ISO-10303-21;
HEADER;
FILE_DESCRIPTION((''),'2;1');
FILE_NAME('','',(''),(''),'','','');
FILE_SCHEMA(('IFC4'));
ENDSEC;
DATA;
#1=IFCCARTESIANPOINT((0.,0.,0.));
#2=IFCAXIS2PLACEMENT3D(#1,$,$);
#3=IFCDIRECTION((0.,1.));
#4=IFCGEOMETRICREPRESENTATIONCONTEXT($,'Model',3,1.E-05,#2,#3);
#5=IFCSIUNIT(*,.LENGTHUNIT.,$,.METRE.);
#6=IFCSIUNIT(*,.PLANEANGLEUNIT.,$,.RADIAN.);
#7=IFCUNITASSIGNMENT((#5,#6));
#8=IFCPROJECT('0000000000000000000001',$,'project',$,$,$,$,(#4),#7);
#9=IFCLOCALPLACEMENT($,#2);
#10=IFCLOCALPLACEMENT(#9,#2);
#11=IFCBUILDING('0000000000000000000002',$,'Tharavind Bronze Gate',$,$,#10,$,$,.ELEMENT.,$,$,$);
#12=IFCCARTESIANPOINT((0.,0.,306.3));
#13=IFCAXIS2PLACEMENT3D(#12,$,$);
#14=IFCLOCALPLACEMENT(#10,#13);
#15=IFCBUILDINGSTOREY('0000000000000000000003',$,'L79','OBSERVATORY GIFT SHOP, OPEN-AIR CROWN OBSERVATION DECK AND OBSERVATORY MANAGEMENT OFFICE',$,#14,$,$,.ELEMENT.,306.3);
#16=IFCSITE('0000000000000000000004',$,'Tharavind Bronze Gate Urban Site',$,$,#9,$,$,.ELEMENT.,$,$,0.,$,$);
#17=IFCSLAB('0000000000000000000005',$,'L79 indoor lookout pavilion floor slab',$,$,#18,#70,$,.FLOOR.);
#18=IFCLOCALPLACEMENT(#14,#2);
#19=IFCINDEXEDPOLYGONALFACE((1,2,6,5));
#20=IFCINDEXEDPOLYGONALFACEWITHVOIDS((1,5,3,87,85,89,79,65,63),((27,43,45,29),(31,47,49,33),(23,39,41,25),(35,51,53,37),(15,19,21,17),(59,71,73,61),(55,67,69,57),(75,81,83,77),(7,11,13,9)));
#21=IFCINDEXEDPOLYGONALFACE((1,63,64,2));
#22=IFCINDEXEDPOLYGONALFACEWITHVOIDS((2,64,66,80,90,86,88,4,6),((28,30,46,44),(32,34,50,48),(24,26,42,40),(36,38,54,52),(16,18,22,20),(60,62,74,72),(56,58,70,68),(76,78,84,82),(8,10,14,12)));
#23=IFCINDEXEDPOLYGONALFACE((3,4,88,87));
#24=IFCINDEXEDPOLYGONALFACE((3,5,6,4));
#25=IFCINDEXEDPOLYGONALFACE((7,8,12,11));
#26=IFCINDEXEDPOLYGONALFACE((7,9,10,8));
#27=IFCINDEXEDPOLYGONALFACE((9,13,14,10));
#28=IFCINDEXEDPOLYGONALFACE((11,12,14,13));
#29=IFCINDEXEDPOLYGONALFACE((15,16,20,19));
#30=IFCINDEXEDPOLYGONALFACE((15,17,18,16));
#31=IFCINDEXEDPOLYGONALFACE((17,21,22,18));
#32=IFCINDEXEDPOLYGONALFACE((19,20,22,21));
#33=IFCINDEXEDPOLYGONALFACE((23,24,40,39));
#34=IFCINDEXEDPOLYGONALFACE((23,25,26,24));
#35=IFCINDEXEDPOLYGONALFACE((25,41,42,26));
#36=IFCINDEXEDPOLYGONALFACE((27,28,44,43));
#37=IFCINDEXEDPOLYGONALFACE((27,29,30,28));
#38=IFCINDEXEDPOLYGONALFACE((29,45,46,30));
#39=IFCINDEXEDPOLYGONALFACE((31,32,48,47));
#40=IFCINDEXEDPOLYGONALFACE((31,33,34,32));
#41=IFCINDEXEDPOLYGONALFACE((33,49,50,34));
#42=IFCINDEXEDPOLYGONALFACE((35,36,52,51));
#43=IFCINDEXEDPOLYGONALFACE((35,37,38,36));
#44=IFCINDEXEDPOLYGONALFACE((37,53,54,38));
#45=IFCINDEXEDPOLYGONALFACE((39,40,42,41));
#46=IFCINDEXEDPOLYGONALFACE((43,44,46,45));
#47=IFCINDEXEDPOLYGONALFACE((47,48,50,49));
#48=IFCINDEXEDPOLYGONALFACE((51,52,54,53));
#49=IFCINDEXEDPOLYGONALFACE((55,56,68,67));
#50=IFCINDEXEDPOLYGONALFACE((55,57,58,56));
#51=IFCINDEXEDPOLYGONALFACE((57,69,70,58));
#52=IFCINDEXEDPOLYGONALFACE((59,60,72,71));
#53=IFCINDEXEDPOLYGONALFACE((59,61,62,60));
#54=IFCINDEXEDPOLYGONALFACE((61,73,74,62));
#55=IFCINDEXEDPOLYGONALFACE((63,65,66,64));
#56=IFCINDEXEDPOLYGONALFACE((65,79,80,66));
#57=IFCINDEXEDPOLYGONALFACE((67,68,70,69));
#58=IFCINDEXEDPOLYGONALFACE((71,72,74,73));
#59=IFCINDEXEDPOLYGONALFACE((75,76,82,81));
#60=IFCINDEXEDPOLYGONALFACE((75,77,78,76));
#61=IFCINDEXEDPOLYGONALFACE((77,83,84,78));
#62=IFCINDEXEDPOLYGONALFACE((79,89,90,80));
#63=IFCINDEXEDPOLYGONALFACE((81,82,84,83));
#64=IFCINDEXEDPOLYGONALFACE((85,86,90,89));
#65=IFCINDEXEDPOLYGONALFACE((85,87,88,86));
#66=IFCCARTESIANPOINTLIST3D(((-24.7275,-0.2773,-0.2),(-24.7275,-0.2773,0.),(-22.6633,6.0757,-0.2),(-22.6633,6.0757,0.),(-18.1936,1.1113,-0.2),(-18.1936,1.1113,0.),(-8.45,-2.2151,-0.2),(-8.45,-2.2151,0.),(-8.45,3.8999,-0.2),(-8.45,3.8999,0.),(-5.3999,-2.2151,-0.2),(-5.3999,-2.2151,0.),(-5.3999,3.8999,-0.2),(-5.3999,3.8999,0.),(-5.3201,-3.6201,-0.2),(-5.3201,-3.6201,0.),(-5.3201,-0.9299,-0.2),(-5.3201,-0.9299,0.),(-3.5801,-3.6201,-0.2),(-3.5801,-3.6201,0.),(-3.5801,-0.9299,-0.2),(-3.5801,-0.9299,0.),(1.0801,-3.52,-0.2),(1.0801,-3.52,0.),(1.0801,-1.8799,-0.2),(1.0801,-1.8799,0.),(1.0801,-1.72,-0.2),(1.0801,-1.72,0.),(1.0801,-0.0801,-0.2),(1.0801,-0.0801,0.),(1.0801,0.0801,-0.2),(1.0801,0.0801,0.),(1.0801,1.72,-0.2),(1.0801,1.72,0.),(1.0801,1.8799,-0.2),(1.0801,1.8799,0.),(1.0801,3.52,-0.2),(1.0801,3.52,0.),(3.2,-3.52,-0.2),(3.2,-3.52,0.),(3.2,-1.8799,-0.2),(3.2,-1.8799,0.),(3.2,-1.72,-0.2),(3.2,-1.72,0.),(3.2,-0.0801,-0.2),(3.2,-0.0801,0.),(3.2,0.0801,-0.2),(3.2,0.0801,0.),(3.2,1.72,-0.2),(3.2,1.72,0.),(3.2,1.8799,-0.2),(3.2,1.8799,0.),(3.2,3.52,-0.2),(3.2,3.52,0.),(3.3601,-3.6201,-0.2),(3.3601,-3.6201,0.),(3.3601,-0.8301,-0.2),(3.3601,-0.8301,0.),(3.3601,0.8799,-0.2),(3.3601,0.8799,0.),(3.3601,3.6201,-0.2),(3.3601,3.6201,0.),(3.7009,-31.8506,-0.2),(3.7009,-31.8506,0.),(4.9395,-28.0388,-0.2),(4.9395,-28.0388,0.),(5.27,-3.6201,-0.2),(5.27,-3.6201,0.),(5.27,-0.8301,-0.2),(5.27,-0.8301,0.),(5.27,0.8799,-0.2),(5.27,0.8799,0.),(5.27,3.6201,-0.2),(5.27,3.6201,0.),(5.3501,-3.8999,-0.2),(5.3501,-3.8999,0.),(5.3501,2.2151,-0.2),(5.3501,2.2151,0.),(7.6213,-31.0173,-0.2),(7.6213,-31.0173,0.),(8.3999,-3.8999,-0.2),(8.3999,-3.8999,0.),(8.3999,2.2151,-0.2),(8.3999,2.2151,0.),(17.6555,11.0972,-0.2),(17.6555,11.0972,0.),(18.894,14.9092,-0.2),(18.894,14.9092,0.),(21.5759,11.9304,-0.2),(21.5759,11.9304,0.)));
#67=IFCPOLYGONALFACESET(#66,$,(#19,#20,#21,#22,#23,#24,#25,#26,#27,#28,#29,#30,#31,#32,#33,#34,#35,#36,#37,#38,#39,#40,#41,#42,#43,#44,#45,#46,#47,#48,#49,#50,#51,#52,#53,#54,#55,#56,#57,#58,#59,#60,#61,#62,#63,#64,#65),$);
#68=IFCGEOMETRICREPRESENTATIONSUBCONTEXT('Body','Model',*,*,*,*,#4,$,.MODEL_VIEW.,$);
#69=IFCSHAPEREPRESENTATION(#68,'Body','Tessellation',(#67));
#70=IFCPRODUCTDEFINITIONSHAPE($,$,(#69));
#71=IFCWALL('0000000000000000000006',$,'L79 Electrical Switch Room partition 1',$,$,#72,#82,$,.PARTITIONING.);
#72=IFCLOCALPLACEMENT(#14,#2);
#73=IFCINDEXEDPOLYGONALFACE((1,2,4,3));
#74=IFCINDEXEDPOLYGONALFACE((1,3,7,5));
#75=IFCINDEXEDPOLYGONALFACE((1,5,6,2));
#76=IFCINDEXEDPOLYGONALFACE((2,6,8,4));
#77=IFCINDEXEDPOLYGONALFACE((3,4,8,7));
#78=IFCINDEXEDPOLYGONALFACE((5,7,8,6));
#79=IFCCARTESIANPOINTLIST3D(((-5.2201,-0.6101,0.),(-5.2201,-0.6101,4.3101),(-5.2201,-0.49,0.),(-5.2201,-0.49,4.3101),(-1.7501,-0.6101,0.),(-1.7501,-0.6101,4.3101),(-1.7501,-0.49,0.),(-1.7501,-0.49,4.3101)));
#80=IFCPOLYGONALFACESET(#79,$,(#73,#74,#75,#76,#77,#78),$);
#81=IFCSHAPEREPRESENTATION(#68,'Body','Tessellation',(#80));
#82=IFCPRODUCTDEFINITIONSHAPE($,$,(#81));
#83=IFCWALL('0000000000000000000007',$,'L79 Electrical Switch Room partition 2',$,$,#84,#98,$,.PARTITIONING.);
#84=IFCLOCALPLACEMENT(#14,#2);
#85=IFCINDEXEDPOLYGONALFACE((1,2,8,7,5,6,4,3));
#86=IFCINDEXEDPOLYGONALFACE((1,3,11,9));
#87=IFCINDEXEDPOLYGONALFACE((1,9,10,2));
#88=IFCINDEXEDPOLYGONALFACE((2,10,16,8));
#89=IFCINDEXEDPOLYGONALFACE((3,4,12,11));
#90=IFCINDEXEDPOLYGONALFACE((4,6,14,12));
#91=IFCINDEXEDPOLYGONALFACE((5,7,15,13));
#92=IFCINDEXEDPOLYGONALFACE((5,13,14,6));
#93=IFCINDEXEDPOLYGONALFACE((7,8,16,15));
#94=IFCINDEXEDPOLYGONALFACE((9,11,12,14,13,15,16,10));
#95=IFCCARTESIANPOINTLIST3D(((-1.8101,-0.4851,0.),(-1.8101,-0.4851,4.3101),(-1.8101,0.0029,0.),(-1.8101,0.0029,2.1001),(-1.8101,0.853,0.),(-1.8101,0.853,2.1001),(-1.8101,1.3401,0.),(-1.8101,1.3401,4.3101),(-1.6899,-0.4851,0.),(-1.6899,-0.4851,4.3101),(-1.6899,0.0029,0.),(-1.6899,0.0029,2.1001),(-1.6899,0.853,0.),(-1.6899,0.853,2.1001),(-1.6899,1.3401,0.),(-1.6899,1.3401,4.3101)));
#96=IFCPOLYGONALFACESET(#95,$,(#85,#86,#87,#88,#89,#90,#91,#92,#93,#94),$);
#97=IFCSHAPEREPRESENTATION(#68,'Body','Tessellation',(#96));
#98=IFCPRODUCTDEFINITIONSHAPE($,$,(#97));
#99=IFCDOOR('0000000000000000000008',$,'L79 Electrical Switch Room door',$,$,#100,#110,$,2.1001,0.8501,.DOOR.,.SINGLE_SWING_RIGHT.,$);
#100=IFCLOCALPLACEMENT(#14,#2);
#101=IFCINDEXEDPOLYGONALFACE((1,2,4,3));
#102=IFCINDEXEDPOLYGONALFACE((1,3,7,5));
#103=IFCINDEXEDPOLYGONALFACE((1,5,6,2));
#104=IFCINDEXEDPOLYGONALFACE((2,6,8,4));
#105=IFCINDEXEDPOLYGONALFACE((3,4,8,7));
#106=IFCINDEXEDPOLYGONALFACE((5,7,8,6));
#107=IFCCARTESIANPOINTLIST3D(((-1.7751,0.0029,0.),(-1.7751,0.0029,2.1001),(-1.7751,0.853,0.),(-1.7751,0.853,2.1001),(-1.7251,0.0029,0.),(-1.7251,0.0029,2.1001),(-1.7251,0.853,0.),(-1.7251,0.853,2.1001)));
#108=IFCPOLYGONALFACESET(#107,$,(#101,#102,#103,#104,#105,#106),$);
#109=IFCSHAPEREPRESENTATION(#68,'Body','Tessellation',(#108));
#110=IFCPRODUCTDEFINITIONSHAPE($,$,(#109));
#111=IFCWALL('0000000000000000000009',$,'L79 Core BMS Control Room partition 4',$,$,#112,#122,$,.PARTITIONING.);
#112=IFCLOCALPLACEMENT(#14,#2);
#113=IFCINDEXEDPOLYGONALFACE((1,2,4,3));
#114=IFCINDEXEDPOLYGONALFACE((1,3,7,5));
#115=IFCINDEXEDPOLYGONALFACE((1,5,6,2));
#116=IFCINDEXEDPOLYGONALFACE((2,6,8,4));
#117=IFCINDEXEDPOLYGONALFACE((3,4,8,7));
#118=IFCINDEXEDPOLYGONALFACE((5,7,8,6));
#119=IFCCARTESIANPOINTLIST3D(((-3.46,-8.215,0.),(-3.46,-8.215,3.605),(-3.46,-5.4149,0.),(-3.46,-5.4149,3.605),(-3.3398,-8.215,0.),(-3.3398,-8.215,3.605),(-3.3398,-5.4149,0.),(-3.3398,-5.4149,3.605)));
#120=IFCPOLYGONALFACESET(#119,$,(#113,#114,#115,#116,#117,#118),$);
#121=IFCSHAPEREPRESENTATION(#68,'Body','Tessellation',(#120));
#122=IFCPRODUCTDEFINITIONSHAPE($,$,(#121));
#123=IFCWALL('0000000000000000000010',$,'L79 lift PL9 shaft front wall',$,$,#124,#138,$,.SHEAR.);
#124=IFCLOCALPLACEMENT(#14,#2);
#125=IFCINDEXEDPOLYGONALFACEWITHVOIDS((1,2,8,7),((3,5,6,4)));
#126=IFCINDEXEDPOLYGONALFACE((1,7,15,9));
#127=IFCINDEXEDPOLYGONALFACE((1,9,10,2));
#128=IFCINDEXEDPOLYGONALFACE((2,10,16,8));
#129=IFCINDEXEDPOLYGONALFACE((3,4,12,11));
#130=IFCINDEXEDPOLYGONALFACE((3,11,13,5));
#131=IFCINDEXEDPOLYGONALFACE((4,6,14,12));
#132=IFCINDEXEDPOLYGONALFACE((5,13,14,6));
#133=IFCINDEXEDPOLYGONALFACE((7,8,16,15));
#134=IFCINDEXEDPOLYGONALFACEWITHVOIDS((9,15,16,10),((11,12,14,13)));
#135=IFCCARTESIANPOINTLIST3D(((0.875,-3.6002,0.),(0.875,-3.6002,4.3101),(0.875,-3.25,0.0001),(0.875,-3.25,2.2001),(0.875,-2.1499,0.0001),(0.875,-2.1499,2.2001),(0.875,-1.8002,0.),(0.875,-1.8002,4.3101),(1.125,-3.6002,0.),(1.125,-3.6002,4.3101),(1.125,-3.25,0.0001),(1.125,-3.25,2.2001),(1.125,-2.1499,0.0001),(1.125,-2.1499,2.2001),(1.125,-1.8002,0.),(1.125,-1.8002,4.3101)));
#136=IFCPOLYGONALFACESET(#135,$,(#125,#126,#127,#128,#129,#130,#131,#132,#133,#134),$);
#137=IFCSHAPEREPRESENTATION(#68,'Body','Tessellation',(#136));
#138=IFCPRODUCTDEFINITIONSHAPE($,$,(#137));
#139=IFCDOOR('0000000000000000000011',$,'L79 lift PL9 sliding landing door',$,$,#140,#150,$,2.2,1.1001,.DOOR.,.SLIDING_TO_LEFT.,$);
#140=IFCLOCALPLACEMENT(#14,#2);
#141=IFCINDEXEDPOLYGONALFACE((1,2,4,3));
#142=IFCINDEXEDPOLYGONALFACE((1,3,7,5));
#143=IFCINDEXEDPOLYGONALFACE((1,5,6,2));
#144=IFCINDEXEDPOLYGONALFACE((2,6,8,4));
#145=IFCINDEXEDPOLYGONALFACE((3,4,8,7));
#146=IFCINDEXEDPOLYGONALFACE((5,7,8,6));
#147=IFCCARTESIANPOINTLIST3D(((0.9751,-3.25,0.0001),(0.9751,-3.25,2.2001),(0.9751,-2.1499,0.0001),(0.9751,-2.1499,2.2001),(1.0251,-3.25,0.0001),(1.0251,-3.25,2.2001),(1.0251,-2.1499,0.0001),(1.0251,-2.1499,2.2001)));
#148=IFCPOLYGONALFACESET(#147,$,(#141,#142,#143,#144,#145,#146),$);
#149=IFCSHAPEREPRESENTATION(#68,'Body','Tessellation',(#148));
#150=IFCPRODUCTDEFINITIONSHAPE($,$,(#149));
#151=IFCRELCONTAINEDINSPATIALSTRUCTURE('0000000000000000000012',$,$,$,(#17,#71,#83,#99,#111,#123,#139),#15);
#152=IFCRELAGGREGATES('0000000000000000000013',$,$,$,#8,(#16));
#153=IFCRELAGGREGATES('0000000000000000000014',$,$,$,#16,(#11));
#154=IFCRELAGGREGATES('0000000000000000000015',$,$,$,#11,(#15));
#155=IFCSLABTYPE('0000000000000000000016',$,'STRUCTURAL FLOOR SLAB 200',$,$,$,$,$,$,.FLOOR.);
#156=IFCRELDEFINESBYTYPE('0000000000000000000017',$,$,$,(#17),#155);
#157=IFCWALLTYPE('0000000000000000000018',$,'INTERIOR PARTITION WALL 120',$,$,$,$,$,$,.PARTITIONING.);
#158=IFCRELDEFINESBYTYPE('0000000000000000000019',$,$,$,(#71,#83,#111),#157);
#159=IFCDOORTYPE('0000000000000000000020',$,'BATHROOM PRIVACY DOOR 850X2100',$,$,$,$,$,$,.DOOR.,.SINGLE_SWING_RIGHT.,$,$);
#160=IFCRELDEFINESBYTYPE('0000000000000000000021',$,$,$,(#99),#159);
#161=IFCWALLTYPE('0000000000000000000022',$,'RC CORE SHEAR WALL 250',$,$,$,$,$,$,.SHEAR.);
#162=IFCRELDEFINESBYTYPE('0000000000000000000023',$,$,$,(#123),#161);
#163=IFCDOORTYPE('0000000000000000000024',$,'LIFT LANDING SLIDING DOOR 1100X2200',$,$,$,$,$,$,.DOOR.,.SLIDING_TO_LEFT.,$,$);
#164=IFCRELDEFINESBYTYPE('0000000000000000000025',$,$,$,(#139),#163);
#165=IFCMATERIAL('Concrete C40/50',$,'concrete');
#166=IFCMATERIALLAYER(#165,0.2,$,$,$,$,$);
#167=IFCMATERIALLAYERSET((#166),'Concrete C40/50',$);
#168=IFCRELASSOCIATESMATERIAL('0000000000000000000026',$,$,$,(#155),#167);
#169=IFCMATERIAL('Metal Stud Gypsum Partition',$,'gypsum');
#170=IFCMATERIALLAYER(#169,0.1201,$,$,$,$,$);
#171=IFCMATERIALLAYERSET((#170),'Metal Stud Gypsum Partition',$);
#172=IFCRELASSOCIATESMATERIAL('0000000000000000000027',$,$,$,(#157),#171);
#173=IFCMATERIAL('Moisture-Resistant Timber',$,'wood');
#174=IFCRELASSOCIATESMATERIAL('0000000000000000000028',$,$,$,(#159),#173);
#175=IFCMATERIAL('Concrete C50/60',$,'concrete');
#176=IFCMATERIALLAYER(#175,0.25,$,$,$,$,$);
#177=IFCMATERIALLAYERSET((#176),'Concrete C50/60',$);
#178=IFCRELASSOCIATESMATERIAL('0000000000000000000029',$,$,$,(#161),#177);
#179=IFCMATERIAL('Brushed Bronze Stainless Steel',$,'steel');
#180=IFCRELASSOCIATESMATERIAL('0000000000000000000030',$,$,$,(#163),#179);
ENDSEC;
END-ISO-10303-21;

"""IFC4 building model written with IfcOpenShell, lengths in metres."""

from ifc_helpers import new_model, si_unit, direction, frame, frame_2d, origin, place, context, subcontext, project, spatial, polyline, rectangle, outline, extrude, material, layer, layer_set, type_object, element, fill, save


model = new_model("IFC4")

# Units and contexts
model_context = context("Model", 3, precision=1e-05, world=origin(), true_north=direction((0.0, 1.0)))
body_context = subcontext(model_context, "Body", "Model", "MODEL_VIEW")
ifc_project = project(units=[si_unit("LENGTHUNIT", "METRE"), si_unit("PLANEANGLEUNIT", "RADIAN")], contexts=[model_context])

# Site, building, storey
site_placement = place(None, origin())
site = spatial("IfcSite", under=ifc_project, at=site_placement, Name="Tharavind Bronze Gate Urban Site", CompositionType="ELEMENT", RefElevation=0.0)
building_placement = place(site_placement, origin())
building = spatial("IfcBuilding", under=site, at=building_placement, Name="Tharavind Bronze Gate", CompositionType="ELEMENT")
storey_placement = place(building_placement, frame((0.0, 0.0, 306.3)))
storey = spatial("IfcBuildingStorey", under=building, at=storey_placement, Name="L79", Description="OBSERVATORY GIFT SHOP, OPEN-AIR CROWN OBSERVATION DECK AND OBSERVATORY MANAGEMENT OFFICE", CompositionType="ELEMENT", Elevation=306.3)

# Shared definitions
ifc_material_1 = material(Name="Concrete C50/60", Category="concrete")

# Shared definitions
ifc_material_2 = material(Name="Concrete C40/50", Category="concrete")

# Slab
ifc_layer_1 = layer(ifc_material_2, 0.2)
ifc_layer_set_1 = layer_set([ifc_layer_1], Name="Concrete C40/50")
slab_type_1 = type_object("IfcSlabType", Name="STRUCTURAL FLOOR SLAB 200", PredefinedType="FLOOR", material=ifc_layer_set_1)
slab_1_placement = place(storey_placement, frame((0.0, 0.0, -0.2)))
element("IfcSlab", 1, at=slab_1_placement, inside=storey, type_object=slab_type_1, Name="L79 indoor lookout pavilion floor slab", PredefinedType="FLOOR", context=body_context, shape_type="SweptSolid", body=[
    extrude(outline(polyline([(-22.6633, 6.0757), (-18.1936, 1.1113), (-24.7275, -0.2773), (3.7009, -31.8506), (4.9395, -28.0388), (7.6213, -31.0173), (21.5759, 11.9304), (17.6555, 11.0972), (18.894, 14.9092), (-22.6633, 6.0757)]), holes=[polyline([(-5.3999, -2.2151), (-5.3999, 3.8999), (-8.45, 3.8999), (-8.45, -2.2151), (-5.3999, -2.2151)]), polyline([(5.3501, 2.2151), (5.3501, -3.8999), (8.3999, -3.8999), (8.3999, 2.2151), (5.3501, 2.2151)]), polyline([(1.0801, -3.52), (3.2, -3.52), (3.2, -1.8799), (1.0801, -1.8799), (1.0801, -3.52)]), polyline([(1.0801, -1.72), (3.2, -1.72), (3.2, -0.0801), (1.0801, -0.0801), (1.0801, -1.72)]), polyline([(1.0801, 0.0801), (3.2, 0.0801), (3.2, 1.72), (1.0801, 1.72), (1.0801, 0.0801)]), polyline([(1.0801, 1.8799), (3.2, 1.8799), (3.2, 3.52), (1.0801, 3.52), (1.0801, 1.8799)]), polyline([(-5.3201, -3.6201), (-3.5801, -3.6201), (-3.5801, -0.9299), (-5.3201, -0.9299), (-5.3201, -3.6201)]), polyline([(3.3601, 0.8799), (5.27, 0.8799), (5.27, 3.6201), (3.3601, 3.6201), (3.3601, 0.8799)]), polyline([(3.3601, -3.6201), (5.27, -3.6201), (5.27, -0.8301), (3.3601, -0.8301), (3.3601, -3.6201)])]), origin(), (0.0, 0.0, 1.0), 0.2),
])

# Wall
ifc_material_3 = material(Name="Metal Stud Gypsum Partition", Category="gypsum")
ifc_layer_2 = layer(ifc_material_3, 0.1201)
ifc_layer_set_2 = layer_set([ifc_layer_2], Name="Metal Stud Gypsum Partition")
wall_type_1 = type_object("IfcWallType", Name="INTERIOR PARTITION WALL 120", PredefinedType="PARTITIONING", material=ifc_layer_set_2)
wall_1_placement = place(storey_placement, frame((-5.22, -0.55, 0.0), z_axis=(0.0, 0.0, 1.0), x_axis=(1.0, 0.0, 0.0)))
element("IfcWall", 2, at=wall_1_placement, inside=storey, type_object=wall_type_1, Name="L79 Electrical Switch Room partition 1", PredefinedType="PARTITIONING", context=body_context, shape_type="SweptSolid", body=[
    extrude(rectangle(XDim=3.47, YDim=0.1201, at=frame_2d((1.7349, 0.0))), origin(), (0.0, 0.0, 1.0), 4.3101),
])

# Wall, opening, door
wall_2_placement = place(storey_placement, frame((-1.75, -0.4851, 0.0), z_axis=(0.0, 0.0, 1.0), x_axis=(0.0, 1.0, 0.0)))
wall_2 = element("IfcWall", 3, at=wall_2_placement, inside=storey, type_object=wall_type_1, Name="L79 Electrical Switch Room partition 2", PredefinedType="PARTITIONING", context=body_context, shape_type="SweptSolid", body=[
    extrude(rectangle(XDim=1.8252, YDim=0.1201, at=frame_2d((0.9126, 0.0))), origin(), (0.0, 0.0, 1.0), 4.3101),
])
opening_1_placement = place(wall_2_placement, frame((0.488, 0.0, 0.0)))
opening_1 = element("IfcOpeningElement", 4, at=opening_1_placement, cuts=wall_2, PredefinedType="OPENING", context=body_context, shape_type="SweptSolid", body=[
    extrude(rectangle(XDim=0.8501, YDim=2.1001, at=frame_2d((0.425, 1.05))), frame((0.0, 0.0701, 0.0), z_axis=(0.0, -1.0, 0.0), x_axis=(1.0, 0.0, 0.0)), (0.0, 0.0, 1.0), 0.1401),
])
ifc_material_4 = material(Name="Moisture-Resistant Timber", Category="wood")
door_type_1 = type_object("IfcDoorType", Name="BATHROOM PRIVACY DOOR 850X2100", OperationType="SINGLE_SWING_RIGHT", PredefinedType="DOOR", material=ifc_material_4)
door_1_placement = place(opening_1_placement, frame((0.8501, 0.0, 0.0), z_axis=(0.0, 0.0, 1.0), x_axis=(-1.0, 0.0, 0.0)))
door_1 = element("IfcDoor", 5, at=door_1_placement, inside=storey, type_object=door_type_1, Name="L79 Electrical Switch Room door", OperationType="SINGLE_SWING_RIGHT", OverallHeight=2.1001, OverallWidth=0.8501, PredefinedType="DOOR", context=body_context, shape_type="SweptSolid", body=[
    extrude(rectangle(XDim=0.8501, YDim=2.1001, at=frame_2d((0.425, 1.05))), frame((0.0, 0.0249, 0.0), z_axis=(0.0, -1.0, 0.0), x_axis=(1.0, 0.0, 0.0)), (0.0, 0.0, 1.0), 0.05),
])
fill(opening_1, door_1)

# Wall
wall_3_placement = place(storey_placement, frame((-3.3999, -5.415, 0.0), z_axis=(0.0, 0.0, 1.0), x_axis=(0.0, -1.0, 0.0)))
element("IfcWall", 6, at=wall_3_placement, inside=storey, type_object=wall_type_1, Name="L79 Core BMS Control Room partition 4", PredefinedType="PARTITIONING", context=body_context, shape_type="SweptSolid", body=[
    extrude(rectangle(XDim=2.8, YDim=0.1201, at=frame_2d((1.3999, 0.0))), origin(), (0.0, 0.0, 1.0), 3.605),
])

# Wall, opening, door
ifc_layer_3 = layer(ifc_material_1, 0.25)
ifc_layer_set_3 = layer_set([ifc_layer_3], Name="Concrete C50/60")
wall_type_2 = type_object("IfcWallType", Name="RC CORE SHEAR WALL 250", PredefinedType="SHEAR", material=ifc_layer_set_3)
wall_4_placement = place(storey_placement, frame((1.0, -3.6001, 0.0), z_axis=(0.0, 0.0, 1.0), x_axis=(0.0, 1.0, 0.0)))
wall_4 = element("IfcWall", 7, at=wall_4_placement, inside=storey, type_object=wall_type_2, Name="L79 lift PL9 shaft front wall", PredefinedType="SHEAR", context=body_context, shape_type="SweptSolid", body=[
    extrude(rectangle(XDim=1.8, YDim=0.25, at=frame_2d((0.8999, 0.0))), origin(), (0.0, 0.0, 1.0), 4.3101),
])
opening_2_placement = place(wall_4_placement, frame((0.3501, 0.0, 0.0)))
opening_2 = element("IfcOpeningElement", 8, at=opening_2_placement, cuts=wall_4, PredefinedType="OPENING", context=body_context, shape_type="SweptSolid", body=[
    extrude(rectangle(XDim=1.1001, YDim=2.2, at=frame_2d((0.55, 1.1001))), frame((0.0, 0.135, 0.0), z_axis=(0.0, -1.0, 0.0), x_axis=(1.0, 0.0, 0.0)), (0.0, 0.0, 1.0), 0.27),
])
ifc_material_5 = material(Name="Brushed Bronze Stainless Steel", Category="steel")
door_type_2 = type_object("IfcDoorType", Name="LIFT LANDING SLIDING DOOR 1100X2200", OperationType="SLIDING_TO_LEFT", PredefinedType="DOOR", material=ifc_material_5)
door_2_placement = place(opening_2_placement, origin())
door_2 = element("IfcDoor", 9, at=door_2_placement, inside=storey, type_object=door_type_2, Name="L79 lift PL9 sliding landing door", OperationType="SLIDING_TO_LEFT", OverallHeight=2.2, OverallWidth=1.1001, PredefinedType="DOOR", context=body_context, shape_type="SweptSolid", body=[
    extrude(rectangle(XDim=1.1001, YDim=2.2, at=frame_2d((0.55, 1.1001))), frame((0.0, 0.0249, 0.0), z_axis=(0.0, -1.0, 0.0), x_axis=(1.0, 0.0, 0.0)), (0.0, 0.0, 1.0), 0.05),
])
fill(opening_2, door_2)

save(model, "model.ifc")
